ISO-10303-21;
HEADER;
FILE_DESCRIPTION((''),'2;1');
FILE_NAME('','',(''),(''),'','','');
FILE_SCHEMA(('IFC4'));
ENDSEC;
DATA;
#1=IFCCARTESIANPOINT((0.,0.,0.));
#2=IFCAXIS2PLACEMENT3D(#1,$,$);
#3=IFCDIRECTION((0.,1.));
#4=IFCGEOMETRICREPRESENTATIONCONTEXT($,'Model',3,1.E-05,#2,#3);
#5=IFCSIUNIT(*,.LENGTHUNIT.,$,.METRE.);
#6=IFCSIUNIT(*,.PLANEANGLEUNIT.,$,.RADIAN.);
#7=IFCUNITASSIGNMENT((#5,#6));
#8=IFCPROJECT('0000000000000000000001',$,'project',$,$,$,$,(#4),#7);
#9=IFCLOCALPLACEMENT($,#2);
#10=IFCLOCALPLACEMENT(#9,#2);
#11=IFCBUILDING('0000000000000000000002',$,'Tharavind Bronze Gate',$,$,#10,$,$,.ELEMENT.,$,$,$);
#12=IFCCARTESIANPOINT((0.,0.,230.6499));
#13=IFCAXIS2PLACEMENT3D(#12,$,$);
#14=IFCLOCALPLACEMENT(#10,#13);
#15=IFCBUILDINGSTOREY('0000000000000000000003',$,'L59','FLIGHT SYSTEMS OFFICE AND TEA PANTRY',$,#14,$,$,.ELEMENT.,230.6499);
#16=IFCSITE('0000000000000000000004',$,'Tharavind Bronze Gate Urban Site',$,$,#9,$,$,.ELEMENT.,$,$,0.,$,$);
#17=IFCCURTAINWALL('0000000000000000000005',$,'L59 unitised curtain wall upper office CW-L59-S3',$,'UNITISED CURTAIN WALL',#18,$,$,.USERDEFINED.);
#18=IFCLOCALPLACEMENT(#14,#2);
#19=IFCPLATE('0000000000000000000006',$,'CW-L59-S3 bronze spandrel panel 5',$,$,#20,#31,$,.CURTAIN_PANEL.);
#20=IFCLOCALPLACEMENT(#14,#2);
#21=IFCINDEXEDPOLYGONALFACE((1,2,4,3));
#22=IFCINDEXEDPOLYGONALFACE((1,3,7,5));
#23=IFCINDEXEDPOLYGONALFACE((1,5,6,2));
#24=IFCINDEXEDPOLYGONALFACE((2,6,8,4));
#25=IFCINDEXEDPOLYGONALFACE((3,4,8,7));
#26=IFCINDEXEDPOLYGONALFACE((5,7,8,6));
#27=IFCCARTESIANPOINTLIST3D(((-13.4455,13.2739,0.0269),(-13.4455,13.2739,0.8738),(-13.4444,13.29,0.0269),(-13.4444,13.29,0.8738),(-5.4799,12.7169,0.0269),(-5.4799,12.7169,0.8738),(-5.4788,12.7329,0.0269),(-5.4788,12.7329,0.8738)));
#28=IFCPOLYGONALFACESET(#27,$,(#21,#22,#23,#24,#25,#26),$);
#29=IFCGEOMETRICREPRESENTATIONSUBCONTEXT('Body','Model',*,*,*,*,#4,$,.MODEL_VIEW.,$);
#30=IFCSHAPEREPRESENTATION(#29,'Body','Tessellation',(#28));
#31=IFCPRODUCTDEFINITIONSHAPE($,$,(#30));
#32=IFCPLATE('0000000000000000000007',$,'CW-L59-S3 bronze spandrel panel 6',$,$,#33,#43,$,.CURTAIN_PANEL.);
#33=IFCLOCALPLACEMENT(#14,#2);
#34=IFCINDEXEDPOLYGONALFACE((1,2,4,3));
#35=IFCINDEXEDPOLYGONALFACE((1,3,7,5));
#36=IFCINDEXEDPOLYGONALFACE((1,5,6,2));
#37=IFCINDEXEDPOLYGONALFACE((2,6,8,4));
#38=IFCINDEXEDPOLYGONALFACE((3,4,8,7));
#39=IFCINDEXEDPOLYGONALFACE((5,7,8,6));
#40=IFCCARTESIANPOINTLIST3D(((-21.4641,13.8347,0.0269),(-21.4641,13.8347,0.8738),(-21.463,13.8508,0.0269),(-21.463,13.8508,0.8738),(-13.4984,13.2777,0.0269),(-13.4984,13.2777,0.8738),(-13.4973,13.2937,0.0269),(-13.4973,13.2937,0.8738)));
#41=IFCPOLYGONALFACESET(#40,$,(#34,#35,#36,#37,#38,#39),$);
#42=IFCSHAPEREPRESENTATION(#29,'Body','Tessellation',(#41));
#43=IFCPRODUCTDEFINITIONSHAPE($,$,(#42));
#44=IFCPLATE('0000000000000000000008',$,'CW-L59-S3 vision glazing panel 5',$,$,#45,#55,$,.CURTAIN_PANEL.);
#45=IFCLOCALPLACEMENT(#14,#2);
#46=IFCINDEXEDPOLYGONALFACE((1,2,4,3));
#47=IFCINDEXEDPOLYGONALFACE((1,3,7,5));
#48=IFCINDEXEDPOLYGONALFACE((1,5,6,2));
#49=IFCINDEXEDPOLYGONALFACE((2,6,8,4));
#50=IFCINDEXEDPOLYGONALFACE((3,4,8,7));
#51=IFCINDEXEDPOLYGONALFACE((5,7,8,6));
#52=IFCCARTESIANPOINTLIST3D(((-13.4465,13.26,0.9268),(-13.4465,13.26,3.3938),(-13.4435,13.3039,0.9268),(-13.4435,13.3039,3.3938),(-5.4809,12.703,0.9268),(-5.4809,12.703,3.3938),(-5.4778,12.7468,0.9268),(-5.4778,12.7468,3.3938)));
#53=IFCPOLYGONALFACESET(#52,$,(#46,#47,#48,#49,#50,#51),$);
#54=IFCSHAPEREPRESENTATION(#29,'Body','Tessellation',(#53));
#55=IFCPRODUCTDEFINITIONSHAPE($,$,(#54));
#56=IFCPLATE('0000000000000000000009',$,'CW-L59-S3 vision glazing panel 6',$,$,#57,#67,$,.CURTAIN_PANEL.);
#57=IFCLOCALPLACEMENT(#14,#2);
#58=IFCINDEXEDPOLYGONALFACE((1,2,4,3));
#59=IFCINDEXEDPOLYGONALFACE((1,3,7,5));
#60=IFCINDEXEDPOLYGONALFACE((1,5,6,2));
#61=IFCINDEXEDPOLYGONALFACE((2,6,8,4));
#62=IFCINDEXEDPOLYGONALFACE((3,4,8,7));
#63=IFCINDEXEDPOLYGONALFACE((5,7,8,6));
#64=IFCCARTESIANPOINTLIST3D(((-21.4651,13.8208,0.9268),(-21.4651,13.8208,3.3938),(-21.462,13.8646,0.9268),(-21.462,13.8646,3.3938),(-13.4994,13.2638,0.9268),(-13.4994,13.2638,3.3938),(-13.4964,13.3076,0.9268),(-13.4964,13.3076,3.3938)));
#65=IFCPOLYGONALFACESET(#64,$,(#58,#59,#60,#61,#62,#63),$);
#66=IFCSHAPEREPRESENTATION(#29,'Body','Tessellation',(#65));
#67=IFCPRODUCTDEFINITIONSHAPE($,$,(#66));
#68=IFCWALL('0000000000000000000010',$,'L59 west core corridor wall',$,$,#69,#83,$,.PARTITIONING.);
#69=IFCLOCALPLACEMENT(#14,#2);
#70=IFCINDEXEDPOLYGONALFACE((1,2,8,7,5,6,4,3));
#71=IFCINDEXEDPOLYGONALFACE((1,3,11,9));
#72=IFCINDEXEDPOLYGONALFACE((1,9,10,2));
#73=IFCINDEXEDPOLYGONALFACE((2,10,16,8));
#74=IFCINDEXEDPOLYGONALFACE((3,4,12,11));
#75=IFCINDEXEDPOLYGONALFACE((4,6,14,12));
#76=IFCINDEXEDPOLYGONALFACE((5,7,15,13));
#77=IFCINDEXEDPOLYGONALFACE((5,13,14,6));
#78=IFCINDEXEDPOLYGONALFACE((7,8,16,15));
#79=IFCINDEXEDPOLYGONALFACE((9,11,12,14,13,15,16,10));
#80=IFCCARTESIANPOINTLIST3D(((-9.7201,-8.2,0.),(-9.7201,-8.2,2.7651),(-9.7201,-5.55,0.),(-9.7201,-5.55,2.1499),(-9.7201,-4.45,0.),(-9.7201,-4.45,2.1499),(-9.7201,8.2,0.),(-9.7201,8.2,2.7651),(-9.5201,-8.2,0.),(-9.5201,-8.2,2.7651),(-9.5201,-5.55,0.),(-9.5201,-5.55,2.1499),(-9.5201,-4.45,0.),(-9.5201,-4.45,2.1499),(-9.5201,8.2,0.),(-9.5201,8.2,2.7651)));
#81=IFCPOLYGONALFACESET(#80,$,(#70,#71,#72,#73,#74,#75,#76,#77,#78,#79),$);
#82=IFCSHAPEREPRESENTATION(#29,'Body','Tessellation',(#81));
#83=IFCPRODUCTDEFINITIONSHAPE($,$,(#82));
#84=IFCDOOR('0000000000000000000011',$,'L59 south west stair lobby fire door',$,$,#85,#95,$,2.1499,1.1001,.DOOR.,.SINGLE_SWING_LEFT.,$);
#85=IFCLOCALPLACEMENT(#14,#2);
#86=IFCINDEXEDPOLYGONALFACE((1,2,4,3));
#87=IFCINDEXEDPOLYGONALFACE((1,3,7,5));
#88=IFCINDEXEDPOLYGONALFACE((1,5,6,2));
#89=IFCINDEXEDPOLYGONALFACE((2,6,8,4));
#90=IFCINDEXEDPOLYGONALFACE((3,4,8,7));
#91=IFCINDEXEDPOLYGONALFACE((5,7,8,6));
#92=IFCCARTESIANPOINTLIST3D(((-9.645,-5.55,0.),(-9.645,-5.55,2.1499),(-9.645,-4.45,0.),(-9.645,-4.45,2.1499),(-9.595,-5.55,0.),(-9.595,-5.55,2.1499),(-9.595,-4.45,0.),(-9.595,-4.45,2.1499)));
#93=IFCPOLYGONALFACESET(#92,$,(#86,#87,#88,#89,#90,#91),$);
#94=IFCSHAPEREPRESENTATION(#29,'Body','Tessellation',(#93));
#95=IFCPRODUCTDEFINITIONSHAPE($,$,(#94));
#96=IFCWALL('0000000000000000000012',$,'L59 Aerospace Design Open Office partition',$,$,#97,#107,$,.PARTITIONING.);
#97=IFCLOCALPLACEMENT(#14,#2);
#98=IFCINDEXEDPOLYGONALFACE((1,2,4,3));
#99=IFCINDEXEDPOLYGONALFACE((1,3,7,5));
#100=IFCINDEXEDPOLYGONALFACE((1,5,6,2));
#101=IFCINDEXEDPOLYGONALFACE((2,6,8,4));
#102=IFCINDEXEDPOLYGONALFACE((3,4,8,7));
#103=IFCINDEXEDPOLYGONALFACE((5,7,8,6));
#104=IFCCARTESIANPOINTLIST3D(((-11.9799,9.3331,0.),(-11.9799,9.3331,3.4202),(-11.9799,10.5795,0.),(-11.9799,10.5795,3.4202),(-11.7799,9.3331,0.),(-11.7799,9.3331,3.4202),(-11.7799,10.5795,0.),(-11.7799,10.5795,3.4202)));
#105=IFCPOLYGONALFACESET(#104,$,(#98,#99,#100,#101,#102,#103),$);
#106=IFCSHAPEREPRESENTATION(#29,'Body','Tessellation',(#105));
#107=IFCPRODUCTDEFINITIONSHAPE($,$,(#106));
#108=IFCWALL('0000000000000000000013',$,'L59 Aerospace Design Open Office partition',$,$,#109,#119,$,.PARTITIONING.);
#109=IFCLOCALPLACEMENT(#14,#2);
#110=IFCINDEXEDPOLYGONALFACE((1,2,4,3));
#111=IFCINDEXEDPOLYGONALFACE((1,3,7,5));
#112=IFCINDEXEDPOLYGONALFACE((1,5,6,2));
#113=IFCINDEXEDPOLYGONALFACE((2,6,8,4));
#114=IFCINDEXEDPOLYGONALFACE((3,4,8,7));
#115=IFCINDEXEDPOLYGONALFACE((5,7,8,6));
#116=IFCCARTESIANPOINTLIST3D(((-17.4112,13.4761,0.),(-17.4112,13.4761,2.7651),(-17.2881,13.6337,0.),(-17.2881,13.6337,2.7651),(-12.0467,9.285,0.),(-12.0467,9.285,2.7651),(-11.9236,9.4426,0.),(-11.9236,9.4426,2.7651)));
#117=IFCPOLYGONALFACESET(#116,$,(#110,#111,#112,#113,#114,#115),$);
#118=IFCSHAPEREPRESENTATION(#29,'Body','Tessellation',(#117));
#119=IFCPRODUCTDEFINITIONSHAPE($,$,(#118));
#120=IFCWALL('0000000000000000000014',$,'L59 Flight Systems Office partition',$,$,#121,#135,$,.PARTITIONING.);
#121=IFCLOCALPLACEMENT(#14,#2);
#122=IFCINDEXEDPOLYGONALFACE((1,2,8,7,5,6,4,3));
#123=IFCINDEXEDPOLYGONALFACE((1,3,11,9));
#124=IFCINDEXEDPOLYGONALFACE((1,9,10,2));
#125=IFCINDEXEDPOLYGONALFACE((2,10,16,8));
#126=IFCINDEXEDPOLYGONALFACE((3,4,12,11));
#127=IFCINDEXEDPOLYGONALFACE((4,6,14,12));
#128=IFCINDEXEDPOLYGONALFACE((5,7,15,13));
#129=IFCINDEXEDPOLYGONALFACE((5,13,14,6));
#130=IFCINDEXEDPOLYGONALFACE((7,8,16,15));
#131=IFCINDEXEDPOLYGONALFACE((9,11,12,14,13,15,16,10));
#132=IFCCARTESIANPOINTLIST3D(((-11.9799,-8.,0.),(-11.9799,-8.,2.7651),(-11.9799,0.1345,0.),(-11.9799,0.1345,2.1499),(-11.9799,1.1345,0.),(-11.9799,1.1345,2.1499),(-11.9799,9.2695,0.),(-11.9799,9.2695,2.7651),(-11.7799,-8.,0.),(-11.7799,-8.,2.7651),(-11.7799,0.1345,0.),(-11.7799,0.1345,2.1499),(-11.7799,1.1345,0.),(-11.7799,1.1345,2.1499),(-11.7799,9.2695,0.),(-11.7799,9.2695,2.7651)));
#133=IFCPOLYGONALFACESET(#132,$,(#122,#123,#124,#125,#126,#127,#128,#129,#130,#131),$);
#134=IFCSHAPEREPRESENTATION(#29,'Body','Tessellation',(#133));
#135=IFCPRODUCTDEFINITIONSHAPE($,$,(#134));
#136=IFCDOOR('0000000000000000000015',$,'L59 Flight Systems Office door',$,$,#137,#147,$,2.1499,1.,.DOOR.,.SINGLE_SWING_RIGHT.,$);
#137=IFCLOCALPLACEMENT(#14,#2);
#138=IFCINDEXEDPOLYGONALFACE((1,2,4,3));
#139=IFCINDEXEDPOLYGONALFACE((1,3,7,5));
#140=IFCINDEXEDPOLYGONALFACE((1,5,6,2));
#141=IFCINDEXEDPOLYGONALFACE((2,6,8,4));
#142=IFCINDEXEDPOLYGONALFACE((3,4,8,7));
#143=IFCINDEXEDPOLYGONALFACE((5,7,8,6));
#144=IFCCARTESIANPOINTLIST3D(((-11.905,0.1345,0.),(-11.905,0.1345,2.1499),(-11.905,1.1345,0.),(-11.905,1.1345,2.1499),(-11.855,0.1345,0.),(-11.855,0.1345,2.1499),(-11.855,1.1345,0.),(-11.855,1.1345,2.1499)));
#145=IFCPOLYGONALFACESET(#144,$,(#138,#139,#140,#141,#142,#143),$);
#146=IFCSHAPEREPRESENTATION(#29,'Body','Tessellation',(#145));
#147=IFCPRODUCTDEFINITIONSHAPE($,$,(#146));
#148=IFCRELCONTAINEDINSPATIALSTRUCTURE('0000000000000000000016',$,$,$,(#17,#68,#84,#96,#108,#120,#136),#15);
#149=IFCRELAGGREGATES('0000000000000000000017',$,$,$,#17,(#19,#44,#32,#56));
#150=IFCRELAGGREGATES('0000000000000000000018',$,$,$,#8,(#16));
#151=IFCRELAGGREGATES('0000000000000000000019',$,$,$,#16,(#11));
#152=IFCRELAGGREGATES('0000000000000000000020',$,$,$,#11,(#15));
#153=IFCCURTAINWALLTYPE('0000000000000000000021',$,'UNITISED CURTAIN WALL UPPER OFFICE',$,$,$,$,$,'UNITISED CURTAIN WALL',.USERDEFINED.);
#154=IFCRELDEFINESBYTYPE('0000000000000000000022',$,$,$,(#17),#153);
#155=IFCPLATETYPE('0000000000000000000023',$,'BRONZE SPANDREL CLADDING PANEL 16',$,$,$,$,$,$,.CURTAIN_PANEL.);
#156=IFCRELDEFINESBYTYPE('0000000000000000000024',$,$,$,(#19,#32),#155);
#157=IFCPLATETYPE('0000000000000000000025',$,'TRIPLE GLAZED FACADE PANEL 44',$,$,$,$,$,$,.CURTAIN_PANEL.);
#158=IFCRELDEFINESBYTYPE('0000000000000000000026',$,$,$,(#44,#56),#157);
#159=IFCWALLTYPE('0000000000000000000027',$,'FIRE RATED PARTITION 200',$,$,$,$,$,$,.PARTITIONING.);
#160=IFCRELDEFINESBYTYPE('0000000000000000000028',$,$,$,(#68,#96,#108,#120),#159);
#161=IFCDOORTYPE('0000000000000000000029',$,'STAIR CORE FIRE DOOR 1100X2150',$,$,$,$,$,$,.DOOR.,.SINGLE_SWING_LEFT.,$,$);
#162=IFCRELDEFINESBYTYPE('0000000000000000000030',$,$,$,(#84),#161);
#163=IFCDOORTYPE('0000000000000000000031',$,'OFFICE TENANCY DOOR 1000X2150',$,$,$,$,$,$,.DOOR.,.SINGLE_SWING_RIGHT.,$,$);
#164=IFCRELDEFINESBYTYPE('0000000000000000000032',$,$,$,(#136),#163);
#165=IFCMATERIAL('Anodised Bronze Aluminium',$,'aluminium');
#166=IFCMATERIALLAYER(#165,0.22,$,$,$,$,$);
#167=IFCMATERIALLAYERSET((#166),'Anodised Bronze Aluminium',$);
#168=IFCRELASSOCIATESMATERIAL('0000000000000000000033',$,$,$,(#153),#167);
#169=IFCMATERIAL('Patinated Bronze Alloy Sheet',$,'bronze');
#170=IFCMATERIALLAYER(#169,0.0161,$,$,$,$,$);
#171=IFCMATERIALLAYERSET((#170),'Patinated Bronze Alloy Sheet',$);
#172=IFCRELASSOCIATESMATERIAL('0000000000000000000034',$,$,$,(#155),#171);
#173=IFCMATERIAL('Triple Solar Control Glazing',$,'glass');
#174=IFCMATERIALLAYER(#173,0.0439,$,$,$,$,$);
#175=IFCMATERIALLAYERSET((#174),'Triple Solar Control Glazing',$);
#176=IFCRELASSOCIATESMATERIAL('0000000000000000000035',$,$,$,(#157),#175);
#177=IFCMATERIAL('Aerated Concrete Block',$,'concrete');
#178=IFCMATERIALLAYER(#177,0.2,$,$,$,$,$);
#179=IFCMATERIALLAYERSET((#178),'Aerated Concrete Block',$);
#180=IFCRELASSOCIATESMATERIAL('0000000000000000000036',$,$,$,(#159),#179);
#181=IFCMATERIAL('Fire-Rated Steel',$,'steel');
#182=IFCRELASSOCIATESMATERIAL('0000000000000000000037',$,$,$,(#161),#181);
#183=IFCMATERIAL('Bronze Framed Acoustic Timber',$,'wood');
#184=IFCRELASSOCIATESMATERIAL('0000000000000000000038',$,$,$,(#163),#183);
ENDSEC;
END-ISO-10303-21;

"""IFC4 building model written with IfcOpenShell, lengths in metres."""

from ifc_helpers import new_model, si_unit, direction, frame, frame_2d, origin, origin_2d, place, context, subcontext, project, spatial, rectangle, extrude, material, layer, layer_set, type_object, element, fill, aggregate, save


model = new_model("IFC4")

# Units and contexts
model_context = context("Model", 3, precision=1e-05, world=origin(), true_north=direction((0.0, 1.0)))
body_context = subcontext(model_context, "Body", "Model", "MODEL_VIEW")
ifc_project = project(units=[si_unit("LENGTHUNIT", "METRE"), si_unit("PLANEANGLEUNIT", "RADIAN")], contexts=[model_context])

# Site, building, storey
site_placement = place(None, origin())
site = spatial("IfcSite", under=ifc_project, at=site_placement, Name="Tharavind Bronze Gate Urban Site", CompositionType="ELEMENT", RefElevation=0.0)
building_placement = place(site_placement, origin())
building = spatial("IfcBuilding", under=site, at=building_placement, Name="Tharavind Bronze Gate", CompositionType="ELEMENT")
storey_placement = place(building_placement, frame((0.0, 0.0, 230.6499)))
storey = spatial("IfcBuildingStorey", under=building, at=storey_placement, Name="L59", Description="FLIGHT SYSTEMS OFFICE AND TEA PANTRY", CompositionType="ELEMENT", Elevation=230.6499)

# Curtain wall
ifc_material_1 = material(Name="Anodised Bronze Aluminium", Category="aluminium")
ifc_layer_1 = layer(ifc_material_1, 0.22)
ifc_layer_set_1 = layer_set([ifc_layer_1], Name="Anodised Bronze Aluminium")
curtain_wall_type = type_object("IfcCurtainWallType", Name="UNITISED CURTAIN WALL UPPER OFFICE", ElementType="UNITISED CURTAIN WALL", PredefinedType="USERDEFINED", material=ifc_layer_set_1)
curtain_wall_placement = place(storey_placement, origin())
curtain_wall = element("IfcCurtainWall", 1, at=curtain_wall_placement, inside=storey, type_object=curtain_wall_type, Name="L59 unitised curtain wall upper office CW-L59-S3", ObjectType="UNITISED CURTAIN WALL", PredefinedType="USERDEFINED")

# Plates
ifc_material_2 = material(Name="Patinated Bronze Alloy Sheet", Category="bronze")
ifc_layer_2 = layer(ifc_material_2, 0.0161)
ifc_layer_set_2 = layer_set([ifc_layer_2], Name="Patinated Bronze Alloy Sheet")
plate_type_1 = type_object("IfcPlateType", Name="BRONZE SPANDREL CLADDING PANEL 16", PredefinedType="CURTAIN_PANEL", material=ifc_layer_set_2)
plate_1_placement = place(storey_placement, frame((-9.4622, 13.0034, 0.0269), z_axis=(0.0, 0.0, 1.0), x_axis=(-0.997564, 0.069758, 0.0)))
plate_1 = element("IfcPlate", 2, at=plate_1_placement, type_object=plate_type_1, Name="CW-L59-S3 bronze spandrel panel 5", PredefinedType="CURTAIN_PANEL", context=body_context, shape_type="SweptSolid", body=[
    extrude(rectangle(XDim=7.9851, YDim=0.0161, at=origin_2d()), origin(), (0.0, 0.0, 1.0), 0.8469),
])
plate_2_placement = place(storey_placement, frame((-17.4807, 13.5642, 0.0269), z_axis=(0.0, 0.0, 1.0), x_axis=(-0.997564, 0.069758, 0.0)))
plate_2 = element("IfcPlate", 3, at=plate_2_placement, type_object=plate_type_1, Name="CW-L59-S3 bronze spandrel panel 6", PredefinedType="CURTAIN_PANEL", context=body_context, shape_type="SweptSolid", body=[
    extrude(rectangle(XDim=7.9851, YDim=0.0161, at=origin_2d()), origin(), (0.0, 0.0, 1.0), 0.8469),
])
ifc_material_3 = material(Name="Triple Solar Control Glazing", Category="glass")
ifc_layer_3 = layer(ifc_material_3, 0.0439)
ifc_layer_set_3 = layer_set([ifc_layer_3], Name="Triple Solar Control Glazing")
plate_type_2 = type_object("IfcPlateType", Name="TRIPLE GLAZED FACADE PANEL 44", PredefinedType="CURTAIN_PANEL", material=ifc_layer_set_3)
plate_3_placement = place(storey_placement, frame((-9.4622, 13.0034, 0.9268), z_axis=(0.0, 0.0, 1.0), x_axis=(-0.997564, 0.069758, 0.0)))
plate_3 = element("IfcPlate", 4, at=plate_3_placement, type_object=plate_type_2, Name="CW-L59-S3 vision glazing panel 5", PredefinedType="CURTAIN_PANEL", context=body_context, shape_type="SweptSolid", body=[
    extrude(rectangle(XDim=7.9851, YDim=0.0439, at=origin_2d()), origin(), (0.0, 0.0, 1.0), 2.467),
])
plate_4_placement = place(storey_placement, frame((-17.4807, 13.5642, 0.9268), z_axis=(0.0, 0.0, 1.0), x_axis=(-0.997564, 0.069758, 0.0)))
plate_4 = element("IfcPlate", 5, at=plate_4_placement, type_object=plate_type_2, Name="CW-L59-S3 vision glazing panel 6", PredefinedType="CURTAIN_PANEL", context=body_context, shape_type="SweptSolid", body=[
    extrude(rectangle(XDim=7.9851, YDim=0.0439, at=origin_2d()), origin(), (0.0, 0.0, 1.0), 2.467),
])
aggregate(curtain_wall, [plate_1, plate_3, plate_2, plate_4])

# Wall, opening, door
ifc_material_4 = material(Name="Aerated Concrete Block", Category="concrete")
ifc_layer_4 = layer(ifc_material_4, 0.2)
ifc_layer_set_4 = layer_set([ifc_layer_4], Name="Aerated Concrete Block")
wall_type = type_object("IfcWallType", Name="FIRE RATED PARTITION 200", PredefinedType="PARTITIONING", material=ifc_layer_set_4)
wall_1_placement = place(storey_placement, frame((-9.6201, 8.2, 0.0), z_axis=(0.0, 0.0, 1.0), x_axis=(0.0, -1.0, 0.0)))
wall_1 = element("IfcWall", 6, at=wall_1_placement, inside=storey, type_object=wall_type, Name="L59 west core corridor wall", PredefinedType="PARTITIONING", context=body_context, shape_type="SweptSolid", body=[
    extrude(rectangle(XDim=16.3999, YDim=0.2, at=frame_2d((8.2, 0.0))), origin(), (0.0, 0.0, 1.0), 2.7651),
])
opening_1_placement = place(wall_1_placement, frame((12.6499, 0.0, 0.0)))
opening_1 = element("IfcOpeningElement", 7, at=opening_1_placement, cuts=wall_1, PredefinedType="OPENING", context=body_context, shape_type="SweptSolid", body=[
    extrude(rectangle(XDim=1.1001, YDim=2.1499, at=frame_2d((0.55, 1.075))), frame((0.0, 0.1101, 0.0), z_axis=(0.0, -1.0, 0.0), x_axis=(1.0, 0.0, 0.0)), (0.0, 0.0, 1.0), 0.22),
])
ifc_material_5 = material(Name="Fire-Rated Steel", Category="steel")
door_type_1 = type_object("IfcDoorType", Name="STAIR CORE FIRE DOOR 1100X2150", OperationType="SINGLE_SWING_LEFT", PredefinedType="DOOR", material=ifc_material_5)
door_1_placement = place(opening_1_placement, frame((1.1001, 0.0, 0.0), z_axis=(0.0, 0.0, 1.0), x_axis=(-1.0, 0.0, 0.0)))
door_1 = element("IfcDoor", 8, at=door_1_placement, inside=storey, type_object=door_type_1, Name="L59 south west stair lobby fire door", OperationType="SINGLE_SWING_LEFT", OverallHeight=2.1499, OverallWidth=1.1001, PredefinedType="DOOR", context=body_context, shape_type="SweptSolid", body=[
    extrude(rectangle(XDim=1.1001, YDim=2.1499, at=frame_2d((0.55, 1.075))), frame((0.0, 0.0249, 0.0), z_axis=(0.0, -1.0, 0.0), x_axis=(1.0, 0.0, 0.0)), (0.0, 0.0, 1.0), 0.05),
])
fill(opening_1, door_1)

# Walls
wall_2_placement = place(storey_placement, frame((-11.8799, 10.5793, 0.0), z_axis=(0.0, 0.0, 1.0), x_axis=(0.0, -1.0, 0.0)))
element("IfcWall", 9, at=wall_2_placement, inside=storey, type_object=wall_type, Name="L59 Aerospace Design Open Office partition", PredefinedType="PARTITIONING", context=body_context, shape_type="SweptSolid", body=[
    extrude(rectangle(XDim=1.2463, YDim=0.2, at=frame_2d((0.623, 0.0))), origin(), (0.0, 0.0, 1.0), 3.4202),
])
wall_3_placement = place(storey_placement, frame((-11.9851, 9.3638, 0.0), z_axis=(0.0, 0.0, 1.0), x_axis=(-0.788014, 0.615657, 0.0)))
element("IfcWall", 10, at=wall_3_placement, inside=storey, type_object=wall_type, Name="L59 Aerospace Design Open Office partition", PredefinedType="PARTITIONING", context=body_context, shape_type="SweptSolid", body=[
    extrude(rectangle(XDim=6.8076, YDim=0.2, at=frame_2d((3.4038, 0.0))), origin(), (0.0, 0.0, 1.0), 2.7651),
])

# Wall, opening, door
wall_4_placement = place(storey_placement, frame((-11.8799, 9.2695, 0.0), z_axis=(0.0, 0.0, 1.0), x_axis=(0.0, -1.0, 0.0)))
wall_4 = element("IfcWall", 11, at=wall_4_placement, inside=storey, type_object=wall_type, Name="L59 Flight Systems Office partition", PredefinedType="PARTITIONING", context=body_context, shape_type="SweptSolid", body=[
    extrude(rectangle(XDim=17.2695, YDim=0.2, at=frame_2d((8.6348, 0.0))), origin(), (0.0, 0.0, 1.0), 2.7651),
])
opening_2_placement = place(wall_4_placement, frame((8.135, 0.0, 0.0)))
opening_2 = element("IfcOpeningElement", 12, at=opening_2_placement, cuts=wall_4, PredefinedType="OPENING", context=body_context, shape_type="SweptSolid", body=[
    extrude(rectangle(XDim=1.0, YDim=2.1499, at=frame_2d((0.5, 1.075))), frame((0.0, 0.1101, 0.0), z_axis=(0.0, -1.0, 0.0), x_axis=(1.0, 0.0, 0.0)), (0.0, 0.0, 1.0), 0.22),
])
ifc_material_6 = material(Name="Bronze Framed Acoustic Timber", Category="wood")
door_type_2 = type_object("IfcDoorType", Name="OFFICE TENANCY DOOR 1000X2150", OperationType="SINGLE_SWING_RIGHT", PredefinedType="DOOR", material=ifc_material_6)
door_2_placement = place(opening_2_placement, origin())
door_2 = element("IfcDoor", 13, at=door_2_placement, inside=storey, type_object=door_type_2, Name="L59 Flight Systems Office door", OperationType="SINGLE_SWING_RIGHT", OverallHeight=2.1499, OverallWidth=1.0, PredefinedType="DOOR", context=body_context, shape_type="SweptSolid", body=[
    extrude(rectangle(XDim=1.0, YDim=2.1499, at=frame_2d((0.5, 1.075))), frame((0.0, 0.0249, 0.0), z_axis=(0.0, -1.0, 0.0), x_axis=(1.0, 0.0, 0.0)), (0.0, 0.0, 1.0), 0.05),
])
fill(opening_2, door_2)

save(model, "model.ifc")
